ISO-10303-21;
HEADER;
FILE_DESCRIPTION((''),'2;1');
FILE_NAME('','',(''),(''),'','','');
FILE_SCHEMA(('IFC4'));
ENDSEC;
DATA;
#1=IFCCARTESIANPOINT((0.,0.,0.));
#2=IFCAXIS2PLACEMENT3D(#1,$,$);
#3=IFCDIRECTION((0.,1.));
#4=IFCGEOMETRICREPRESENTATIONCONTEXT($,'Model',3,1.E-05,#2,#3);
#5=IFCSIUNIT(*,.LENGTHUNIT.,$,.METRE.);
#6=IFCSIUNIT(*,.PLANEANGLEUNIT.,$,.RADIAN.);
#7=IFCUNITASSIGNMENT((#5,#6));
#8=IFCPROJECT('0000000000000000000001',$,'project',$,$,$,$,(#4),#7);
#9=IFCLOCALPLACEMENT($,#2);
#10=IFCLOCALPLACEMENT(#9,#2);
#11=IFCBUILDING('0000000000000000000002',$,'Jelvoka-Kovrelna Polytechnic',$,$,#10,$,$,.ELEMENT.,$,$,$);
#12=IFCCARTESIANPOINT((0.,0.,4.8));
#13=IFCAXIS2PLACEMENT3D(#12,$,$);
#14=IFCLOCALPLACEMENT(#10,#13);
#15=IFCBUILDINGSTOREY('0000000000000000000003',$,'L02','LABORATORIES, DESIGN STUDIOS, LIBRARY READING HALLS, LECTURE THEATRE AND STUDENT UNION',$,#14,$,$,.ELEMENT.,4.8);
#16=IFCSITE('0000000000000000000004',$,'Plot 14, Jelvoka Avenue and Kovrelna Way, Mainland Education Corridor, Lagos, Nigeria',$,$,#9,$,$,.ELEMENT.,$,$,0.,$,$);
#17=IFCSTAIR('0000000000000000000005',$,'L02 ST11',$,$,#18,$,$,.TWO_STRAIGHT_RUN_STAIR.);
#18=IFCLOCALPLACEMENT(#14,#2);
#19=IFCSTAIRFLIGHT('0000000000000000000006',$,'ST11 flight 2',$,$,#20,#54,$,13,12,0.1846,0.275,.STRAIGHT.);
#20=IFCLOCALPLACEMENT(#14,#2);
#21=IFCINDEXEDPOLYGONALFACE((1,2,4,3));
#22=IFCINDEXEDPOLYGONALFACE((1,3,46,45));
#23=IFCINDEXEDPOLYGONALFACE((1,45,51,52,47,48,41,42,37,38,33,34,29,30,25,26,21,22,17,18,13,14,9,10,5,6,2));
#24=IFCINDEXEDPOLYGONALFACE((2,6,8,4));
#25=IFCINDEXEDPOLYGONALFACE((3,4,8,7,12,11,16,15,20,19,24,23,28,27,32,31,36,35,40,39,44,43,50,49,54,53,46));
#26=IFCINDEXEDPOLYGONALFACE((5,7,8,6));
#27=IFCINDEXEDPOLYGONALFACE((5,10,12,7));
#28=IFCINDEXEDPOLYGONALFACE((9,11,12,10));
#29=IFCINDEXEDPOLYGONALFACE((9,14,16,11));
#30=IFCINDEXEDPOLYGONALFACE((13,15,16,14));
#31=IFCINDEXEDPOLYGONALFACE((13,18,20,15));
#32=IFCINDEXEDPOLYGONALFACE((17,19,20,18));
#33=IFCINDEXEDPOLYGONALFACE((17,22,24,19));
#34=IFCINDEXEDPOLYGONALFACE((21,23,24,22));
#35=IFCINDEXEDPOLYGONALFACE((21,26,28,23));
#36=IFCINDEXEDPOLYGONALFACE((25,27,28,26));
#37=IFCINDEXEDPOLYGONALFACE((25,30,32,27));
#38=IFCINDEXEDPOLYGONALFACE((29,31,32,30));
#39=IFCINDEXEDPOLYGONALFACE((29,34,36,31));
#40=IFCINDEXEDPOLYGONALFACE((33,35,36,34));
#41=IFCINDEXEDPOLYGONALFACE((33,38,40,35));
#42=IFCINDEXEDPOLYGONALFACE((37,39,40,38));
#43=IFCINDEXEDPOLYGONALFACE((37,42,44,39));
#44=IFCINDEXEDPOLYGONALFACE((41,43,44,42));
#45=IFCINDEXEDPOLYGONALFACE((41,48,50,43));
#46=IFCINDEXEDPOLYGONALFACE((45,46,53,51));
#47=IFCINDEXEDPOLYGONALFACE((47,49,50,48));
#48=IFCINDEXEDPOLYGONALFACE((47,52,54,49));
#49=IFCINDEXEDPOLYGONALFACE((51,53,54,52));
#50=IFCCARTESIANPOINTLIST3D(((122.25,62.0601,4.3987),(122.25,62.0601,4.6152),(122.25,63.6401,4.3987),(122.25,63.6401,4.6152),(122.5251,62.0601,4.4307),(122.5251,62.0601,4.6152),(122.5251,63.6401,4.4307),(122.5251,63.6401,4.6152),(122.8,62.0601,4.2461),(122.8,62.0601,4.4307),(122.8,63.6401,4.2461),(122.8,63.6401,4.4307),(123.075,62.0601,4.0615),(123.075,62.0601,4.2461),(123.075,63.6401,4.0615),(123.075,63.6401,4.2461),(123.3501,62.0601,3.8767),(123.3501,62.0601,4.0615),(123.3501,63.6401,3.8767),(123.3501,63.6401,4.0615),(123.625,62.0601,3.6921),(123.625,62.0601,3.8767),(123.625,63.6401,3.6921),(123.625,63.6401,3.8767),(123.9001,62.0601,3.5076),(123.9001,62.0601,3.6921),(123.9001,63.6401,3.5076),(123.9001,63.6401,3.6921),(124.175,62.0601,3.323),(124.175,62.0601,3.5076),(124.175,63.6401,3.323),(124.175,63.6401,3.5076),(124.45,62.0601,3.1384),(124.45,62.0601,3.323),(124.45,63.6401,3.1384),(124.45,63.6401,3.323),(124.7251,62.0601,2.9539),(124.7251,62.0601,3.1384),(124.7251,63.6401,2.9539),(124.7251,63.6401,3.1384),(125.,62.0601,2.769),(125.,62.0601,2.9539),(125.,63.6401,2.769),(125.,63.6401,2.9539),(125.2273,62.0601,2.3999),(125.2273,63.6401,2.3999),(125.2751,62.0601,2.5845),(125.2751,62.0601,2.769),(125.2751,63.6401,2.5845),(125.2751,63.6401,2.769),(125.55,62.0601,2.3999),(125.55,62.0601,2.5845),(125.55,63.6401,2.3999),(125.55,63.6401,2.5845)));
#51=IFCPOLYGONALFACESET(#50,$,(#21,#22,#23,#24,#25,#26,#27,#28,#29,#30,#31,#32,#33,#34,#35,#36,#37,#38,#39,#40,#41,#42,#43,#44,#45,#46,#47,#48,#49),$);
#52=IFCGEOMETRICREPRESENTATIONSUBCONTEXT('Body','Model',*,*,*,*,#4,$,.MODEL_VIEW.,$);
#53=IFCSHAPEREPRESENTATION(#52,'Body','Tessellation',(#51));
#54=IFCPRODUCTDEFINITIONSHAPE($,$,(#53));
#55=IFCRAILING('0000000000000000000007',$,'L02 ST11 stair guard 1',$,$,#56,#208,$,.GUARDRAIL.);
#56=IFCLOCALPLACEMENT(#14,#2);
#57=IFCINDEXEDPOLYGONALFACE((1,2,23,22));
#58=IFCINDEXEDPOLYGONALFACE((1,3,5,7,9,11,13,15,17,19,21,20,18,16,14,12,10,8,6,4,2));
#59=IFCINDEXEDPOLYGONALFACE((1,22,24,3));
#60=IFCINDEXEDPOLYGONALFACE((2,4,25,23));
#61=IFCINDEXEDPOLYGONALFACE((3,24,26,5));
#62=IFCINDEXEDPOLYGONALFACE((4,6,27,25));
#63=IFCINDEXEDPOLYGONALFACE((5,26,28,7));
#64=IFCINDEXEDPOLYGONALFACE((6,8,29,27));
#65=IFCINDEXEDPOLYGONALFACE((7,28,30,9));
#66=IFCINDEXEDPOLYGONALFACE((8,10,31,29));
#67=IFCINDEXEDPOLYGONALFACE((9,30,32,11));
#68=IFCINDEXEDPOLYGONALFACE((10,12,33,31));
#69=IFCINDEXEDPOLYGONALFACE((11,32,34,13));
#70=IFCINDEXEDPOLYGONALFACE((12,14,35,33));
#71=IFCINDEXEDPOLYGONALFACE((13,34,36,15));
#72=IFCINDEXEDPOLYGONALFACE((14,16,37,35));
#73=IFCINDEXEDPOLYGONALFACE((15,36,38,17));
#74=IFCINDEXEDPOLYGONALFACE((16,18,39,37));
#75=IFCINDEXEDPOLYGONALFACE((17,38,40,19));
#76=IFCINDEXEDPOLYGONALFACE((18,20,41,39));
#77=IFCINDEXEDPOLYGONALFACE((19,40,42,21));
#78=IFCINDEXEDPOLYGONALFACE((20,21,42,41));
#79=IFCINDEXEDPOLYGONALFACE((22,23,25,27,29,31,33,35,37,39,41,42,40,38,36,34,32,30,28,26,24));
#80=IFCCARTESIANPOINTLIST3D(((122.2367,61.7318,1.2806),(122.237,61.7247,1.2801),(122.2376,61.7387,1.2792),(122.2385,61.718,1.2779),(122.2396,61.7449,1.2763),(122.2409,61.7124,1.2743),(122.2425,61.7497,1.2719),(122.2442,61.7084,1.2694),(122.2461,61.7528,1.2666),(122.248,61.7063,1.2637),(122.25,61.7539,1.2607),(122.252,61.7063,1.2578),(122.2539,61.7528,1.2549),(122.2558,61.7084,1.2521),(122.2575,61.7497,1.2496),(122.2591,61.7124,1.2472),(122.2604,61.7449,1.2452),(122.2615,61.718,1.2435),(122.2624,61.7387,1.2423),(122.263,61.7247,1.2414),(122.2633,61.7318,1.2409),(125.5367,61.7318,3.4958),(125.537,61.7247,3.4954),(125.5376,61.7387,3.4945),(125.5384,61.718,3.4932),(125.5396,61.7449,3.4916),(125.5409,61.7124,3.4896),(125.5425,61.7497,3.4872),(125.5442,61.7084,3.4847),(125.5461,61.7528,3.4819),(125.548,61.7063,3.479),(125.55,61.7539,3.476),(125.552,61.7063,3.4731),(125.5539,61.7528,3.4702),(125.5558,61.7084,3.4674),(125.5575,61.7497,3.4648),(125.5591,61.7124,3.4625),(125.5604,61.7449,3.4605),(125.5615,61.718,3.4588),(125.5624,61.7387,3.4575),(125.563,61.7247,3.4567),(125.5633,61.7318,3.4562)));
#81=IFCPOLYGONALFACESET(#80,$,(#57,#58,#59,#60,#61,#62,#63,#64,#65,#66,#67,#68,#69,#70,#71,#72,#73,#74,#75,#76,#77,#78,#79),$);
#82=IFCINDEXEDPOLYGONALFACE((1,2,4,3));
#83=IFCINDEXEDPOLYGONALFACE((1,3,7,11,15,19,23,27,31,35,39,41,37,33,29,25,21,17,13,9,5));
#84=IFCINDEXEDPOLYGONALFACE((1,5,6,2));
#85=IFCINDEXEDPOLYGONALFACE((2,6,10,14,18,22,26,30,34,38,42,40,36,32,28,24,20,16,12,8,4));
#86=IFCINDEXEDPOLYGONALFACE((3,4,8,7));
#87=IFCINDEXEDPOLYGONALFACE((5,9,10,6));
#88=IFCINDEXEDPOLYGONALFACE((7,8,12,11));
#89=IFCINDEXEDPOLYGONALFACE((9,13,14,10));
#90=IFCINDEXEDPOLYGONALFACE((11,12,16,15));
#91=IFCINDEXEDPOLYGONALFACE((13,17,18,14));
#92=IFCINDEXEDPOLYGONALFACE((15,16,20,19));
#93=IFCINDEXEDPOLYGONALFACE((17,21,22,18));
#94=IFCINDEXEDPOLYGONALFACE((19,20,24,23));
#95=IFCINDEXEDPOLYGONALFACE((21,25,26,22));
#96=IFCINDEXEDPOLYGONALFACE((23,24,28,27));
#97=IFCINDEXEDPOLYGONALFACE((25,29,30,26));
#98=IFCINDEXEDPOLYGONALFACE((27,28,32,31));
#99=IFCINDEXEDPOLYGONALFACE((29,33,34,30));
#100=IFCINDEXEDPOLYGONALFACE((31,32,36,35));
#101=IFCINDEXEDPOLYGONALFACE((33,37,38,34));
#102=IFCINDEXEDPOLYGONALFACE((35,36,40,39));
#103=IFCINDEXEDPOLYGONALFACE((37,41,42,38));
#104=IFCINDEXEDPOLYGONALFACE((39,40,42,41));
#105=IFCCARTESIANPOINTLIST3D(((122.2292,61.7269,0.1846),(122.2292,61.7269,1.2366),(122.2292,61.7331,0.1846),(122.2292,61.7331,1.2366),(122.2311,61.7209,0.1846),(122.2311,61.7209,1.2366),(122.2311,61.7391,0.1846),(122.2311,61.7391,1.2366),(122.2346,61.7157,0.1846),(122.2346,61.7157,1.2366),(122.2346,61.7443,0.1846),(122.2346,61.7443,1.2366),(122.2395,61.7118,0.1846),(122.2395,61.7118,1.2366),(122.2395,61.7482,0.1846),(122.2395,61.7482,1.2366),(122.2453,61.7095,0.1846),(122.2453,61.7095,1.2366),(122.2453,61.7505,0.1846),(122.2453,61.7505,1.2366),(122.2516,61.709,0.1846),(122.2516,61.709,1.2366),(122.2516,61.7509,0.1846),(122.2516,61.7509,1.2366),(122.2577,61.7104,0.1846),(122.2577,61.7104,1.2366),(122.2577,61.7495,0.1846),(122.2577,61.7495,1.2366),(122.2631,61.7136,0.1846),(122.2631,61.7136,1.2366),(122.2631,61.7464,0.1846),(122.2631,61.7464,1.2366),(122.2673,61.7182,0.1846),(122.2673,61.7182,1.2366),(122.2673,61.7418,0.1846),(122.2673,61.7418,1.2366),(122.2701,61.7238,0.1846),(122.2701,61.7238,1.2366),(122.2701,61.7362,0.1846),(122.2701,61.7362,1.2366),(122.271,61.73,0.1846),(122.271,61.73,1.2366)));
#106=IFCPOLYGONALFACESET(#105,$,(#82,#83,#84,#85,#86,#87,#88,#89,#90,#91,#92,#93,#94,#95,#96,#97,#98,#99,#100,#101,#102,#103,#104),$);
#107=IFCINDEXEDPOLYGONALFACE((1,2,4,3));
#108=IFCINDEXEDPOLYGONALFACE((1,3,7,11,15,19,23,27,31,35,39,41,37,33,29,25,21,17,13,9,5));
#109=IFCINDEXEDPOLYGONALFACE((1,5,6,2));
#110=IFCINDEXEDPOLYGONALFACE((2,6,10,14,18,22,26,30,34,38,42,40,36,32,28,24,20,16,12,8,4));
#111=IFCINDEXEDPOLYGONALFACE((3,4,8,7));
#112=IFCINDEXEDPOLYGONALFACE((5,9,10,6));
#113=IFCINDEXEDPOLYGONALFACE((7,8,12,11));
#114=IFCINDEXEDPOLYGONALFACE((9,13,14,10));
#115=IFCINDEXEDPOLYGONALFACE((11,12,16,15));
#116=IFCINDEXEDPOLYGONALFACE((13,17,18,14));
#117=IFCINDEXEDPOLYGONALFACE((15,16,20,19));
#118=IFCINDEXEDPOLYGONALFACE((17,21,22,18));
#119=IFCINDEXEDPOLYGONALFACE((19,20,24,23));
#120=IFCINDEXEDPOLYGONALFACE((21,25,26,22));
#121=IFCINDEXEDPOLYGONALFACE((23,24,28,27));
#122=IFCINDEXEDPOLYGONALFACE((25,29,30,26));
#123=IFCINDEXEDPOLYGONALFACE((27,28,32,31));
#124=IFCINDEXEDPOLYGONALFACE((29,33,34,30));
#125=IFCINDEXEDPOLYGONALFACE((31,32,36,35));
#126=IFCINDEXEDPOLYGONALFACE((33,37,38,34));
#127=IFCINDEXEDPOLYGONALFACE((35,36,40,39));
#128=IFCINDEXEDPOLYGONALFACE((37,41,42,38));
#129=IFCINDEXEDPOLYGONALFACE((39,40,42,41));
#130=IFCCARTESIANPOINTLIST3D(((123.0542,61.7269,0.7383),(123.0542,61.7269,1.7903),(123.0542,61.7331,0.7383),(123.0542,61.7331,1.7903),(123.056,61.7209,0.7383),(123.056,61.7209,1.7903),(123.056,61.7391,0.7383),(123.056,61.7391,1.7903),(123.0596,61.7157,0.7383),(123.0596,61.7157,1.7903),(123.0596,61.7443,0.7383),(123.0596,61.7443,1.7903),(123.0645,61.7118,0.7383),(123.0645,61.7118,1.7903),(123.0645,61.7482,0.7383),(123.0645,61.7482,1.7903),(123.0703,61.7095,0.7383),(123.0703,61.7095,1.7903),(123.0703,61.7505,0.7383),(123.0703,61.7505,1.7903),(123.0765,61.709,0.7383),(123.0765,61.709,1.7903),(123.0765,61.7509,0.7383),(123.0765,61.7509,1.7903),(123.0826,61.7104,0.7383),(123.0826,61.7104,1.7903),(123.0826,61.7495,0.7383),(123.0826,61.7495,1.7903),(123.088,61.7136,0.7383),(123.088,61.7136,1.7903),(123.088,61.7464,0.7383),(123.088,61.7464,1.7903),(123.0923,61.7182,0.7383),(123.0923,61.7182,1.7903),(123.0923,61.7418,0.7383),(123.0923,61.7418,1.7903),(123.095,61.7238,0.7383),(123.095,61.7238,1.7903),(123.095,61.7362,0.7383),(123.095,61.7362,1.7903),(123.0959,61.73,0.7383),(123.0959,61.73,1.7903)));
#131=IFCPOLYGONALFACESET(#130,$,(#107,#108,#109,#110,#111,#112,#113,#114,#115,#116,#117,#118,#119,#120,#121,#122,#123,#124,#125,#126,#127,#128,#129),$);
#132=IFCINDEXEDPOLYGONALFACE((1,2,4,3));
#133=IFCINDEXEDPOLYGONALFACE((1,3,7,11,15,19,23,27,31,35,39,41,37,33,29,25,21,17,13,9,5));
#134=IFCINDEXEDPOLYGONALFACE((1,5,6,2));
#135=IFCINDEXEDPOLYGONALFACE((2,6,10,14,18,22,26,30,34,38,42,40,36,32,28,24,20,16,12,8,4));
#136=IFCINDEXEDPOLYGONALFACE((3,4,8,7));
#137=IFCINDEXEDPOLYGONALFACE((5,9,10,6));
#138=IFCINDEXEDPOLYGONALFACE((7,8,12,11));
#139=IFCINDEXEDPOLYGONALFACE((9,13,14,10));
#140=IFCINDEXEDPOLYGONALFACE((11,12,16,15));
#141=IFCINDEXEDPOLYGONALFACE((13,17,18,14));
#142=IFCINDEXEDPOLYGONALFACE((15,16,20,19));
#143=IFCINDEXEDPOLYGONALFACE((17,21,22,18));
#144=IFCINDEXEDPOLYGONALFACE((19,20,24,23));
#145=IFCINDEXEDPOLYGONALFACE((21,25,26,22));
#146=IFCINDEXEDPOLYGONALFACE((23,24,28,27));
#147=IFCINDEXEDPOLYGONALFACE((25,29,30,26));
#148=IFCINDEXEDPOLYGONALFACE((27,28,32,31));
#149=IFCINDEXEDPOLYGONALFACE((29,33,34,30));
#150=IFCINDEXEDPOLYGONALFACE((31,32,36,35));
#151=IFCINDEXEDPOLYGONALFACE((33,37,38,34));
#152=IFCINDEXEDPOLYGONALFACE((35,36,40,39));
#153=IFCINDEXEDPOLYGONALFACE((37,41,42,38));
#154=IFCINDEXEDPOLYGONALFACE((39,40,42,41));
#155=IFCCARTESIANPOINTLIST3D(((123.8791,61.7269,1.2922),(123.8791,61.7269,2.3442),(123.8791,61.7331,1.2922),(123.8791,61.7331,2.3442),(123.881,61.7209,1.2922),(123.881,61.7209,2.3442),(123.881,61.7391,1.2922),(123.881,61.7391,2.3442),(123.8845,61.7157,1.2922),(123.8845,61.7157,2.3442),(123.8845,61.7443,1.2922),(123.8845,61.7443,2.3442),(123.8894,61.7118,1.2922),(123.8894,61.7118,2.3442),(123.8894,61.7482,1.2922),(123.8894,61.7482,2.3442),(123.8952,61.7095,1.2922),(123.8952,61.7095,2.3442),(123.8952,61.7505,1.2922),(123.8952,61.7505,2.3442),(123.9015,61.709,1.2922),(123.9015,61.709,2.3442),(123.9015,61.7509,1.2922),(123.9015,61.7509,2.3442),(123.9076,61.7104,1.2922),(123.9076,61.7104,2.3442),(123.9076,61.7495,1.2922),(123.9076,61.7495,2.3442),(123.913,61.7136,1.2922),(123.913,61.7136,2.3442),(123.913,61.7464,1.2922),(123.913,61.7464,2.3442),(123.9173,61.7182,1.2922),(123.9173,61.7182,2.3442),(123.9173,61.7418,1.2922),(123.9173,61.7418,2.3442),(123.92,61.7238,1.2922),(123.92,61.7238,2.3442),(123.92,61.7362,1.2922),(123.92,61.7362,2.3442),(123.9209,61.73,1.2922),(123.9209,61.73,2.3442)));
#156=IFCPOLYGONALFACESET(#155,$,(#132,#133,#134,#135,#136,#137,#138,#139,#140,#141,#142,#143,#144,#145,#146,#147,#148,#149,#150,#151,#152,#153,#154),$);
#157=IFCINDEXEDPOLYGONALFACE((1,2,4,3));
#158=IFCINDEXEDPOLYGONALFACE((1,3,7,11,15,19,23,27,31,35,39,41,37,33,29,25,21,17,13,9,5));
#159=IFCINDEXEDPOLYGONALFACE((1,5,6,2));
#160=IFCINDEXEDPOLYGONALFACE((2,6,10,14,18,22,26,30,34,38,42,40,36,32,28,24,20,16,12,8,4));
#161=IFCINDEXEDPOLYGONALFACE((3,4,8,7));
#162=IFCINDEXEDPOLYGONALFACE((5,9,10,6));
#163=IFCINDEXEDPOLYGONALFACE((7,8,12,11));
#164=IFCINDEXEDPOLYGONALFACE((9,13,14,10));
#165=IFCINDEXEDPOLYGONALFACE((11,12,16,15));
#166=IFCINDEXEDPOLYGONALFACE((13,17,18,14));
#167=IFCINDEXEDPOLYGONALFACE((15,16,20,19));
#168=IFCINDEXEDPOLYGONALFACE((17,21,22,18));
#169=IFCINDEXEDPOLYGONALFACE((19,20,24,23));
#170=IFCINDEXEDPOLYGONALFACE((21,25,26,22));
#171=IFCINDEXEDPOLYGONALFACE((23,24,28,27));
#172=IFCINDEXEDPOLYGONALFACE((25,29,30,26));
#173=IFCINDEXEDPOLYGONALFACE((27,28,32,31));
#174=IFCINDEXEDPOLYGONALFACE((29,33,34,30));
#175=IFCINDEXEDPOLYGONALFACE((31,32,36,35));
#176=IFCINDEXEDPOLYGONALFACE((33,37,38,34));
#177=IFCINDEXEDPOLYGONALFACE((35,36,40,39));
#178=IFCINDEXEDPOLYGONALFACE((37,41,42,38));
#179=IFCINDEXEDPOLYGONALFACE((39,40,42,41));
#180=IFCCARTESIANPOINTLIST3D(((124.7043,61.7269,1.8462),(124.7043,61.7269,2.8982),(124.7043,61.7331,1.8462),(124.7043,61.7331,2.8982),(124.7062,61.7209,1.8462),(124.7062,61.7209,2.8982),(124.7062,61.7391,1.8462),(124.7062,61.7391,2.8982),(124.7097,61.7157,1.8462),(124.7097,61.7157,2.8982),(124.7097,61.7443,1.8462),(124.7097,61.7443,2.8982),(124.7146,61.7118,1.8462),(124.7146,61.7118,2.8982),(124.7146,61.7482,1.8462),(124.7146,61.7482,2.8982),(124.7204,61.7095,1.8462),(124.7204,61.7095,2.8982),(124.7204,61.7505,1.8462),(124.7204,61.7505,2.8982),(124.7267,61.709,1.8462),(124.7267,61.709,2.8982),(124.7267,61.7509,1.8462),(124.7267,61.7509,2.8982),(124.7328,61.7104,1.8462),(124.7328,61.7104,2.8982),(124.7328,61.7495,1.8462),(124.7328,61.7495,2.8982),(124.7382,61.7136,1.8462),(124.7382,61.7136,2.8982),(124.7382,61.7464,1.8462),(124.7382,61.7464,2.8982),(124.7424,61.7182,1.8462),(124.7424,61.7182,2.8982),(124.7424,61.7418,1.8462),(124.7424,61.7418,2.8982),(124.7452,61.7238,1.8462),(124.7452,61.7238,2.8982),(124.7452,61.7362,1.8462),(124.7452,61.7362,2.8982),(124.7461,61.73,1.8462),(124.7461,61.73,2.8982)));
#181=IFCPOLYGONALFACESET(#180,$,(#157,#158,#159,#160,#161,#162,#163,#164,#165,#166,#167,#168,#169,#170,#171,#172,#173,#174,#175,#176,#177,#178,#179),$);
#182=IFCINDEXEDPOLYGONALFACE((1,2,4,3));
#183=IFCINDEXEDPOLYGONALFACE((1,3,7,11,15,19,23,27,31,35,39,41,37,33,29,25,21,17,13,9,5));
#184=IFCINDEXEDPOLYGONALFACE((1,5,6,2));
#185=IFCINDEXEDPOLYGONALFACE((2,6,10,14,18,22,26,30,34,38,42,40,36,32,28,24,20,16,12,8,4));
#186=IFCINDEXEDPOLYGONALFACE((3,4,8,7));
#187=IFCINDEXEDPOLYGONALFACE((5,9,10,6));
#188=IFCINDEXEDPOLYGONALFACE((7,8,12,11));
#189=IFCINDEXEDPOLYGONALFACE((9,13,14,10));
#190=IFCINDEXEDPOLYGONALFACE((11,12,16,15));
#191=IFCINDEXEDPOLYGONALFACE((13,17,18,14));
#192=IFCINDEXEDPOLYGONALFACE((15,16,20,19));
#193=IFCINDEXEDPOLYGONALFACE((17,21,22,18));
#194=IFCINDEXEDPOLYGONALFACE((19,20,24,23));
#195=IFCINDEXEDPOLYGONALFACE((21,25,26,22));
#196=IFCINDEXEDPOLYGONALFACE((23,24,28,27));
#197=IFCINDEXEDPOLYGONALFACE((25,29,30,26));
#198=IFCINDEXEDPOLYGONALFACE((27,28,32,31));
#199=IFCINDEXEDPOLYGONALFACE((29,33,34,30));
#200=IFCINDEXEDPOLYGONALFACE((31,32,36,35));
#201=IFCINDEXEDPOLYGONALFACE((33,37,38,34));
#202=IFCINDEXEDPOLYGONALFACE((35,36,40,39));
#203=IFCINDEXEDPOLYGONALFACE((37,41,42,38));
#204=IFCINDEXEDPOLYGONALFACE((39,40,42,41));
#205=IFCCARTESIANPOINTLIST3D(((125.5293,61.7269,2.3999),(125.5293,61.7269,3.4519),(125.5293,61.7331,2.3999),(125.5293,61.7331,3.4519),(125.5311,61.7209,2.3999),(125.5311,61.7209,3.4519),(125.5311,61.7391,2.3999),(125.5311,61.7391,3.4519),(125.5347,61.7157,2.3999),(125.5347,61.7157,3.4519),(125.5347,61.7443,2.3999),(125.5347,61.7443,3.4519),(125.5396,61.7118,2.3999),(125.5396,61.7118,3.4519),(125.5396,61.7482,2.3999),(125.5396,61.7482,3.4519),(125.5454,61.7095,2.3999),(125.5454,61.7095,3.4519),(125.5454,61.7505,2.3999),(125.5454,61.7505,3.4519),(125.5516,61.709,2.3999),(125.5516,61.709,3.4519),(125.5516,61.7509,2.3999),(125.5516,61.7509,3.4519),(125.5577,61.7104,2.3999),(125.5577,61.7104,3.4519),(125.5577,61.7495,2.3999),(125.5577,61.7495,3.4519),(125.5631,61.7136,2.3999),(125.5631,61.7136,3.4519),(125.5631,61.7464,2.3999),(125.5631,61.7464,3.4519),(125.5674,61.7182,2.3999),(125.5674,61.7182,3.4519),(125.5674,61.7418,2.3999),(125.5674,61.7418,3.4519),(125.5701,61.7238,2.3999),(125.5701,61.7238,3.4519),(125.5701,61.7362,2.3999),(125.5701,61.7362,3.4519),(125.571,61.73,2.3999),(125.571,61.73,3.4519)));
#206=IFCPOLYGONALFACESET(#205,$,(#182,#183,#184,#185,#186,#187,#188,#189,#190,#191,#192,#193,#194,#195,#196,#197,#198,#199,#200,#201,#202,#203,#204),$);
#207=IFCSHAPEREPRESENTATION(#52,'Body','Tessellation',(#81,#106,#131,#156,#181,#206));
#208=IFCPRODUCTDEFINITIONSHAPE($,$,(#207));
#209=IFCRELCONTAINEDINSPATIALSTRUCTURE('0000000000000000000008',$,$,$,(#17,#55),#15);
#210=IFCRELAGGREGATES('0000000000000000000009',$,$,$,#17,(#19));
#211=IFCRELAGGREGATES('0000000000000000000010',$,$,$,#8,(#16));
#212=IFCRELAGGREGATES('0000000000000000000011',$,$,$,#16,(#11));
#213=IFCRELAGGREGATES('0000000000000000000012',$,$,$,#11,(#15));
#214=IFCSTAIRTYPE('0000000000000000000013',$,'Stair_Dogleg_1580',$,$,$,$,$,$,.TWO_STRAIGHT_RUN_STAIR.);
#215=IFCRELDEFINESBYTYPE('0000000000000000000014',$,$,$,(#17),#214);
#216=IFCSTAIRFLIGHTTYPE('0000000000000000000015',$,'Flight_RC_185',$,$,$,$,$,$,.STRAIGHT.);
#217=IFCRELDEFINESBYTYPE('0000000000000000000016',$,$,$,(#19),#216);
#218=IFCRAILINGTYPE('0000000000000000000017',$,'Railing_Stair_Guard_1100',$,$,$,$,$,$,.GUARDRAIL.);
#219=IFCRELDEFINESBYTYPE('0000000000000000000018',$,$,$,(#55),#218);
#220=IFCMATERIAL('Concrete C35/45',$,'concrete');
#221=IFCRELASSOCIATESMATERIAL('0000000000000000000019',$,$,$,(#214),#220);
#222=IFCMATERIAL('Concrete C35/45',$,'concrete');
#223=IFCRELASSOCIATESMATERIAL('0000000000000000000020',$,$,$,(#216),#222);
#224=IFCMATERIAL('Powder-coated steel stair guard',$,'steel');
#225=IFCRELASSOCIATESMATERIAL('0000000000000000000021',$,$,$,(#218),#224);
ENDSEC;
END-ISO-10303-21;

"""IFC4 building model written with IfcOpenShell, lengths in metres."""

from ifc_helpers import new_model, si_unit, direction, frame, origin, origin_2d, place, context, subcontext, project, spatial, polyline, circle, outline, extrude, material, type_object, element, aggregate, save


model = new_model("IFC4")

# Units and contexts
model_context = context("Model", 3, precision=1e-05, world=origin(), true_north=direction((0.0, 1.0)))
body_context = subcontext(model_context, "Body", "Model", "MODEL_VIEW")
ifc_project = project(units=[si_unit("LENGTHUNIT", "METRE"), si_unit("PLANEANGLEUNIT", "RADIAN")], contexts=[model_context])

# Site, building, storey
site_placement = place(None, origin())
site = spatial("IfcSite", under=ifc_project, at=site_placement, Name="Plot 14, Jelvoka Avenue and Kovrelna Way, Mainland Education Corridor, Lagos, Nigeria", CompositionType="ELEMENT", RefElevation=0.0)
building_placement = place(site_placement, origin())
building = spatial("IfcBuilding", under=site, at=building_placement, Name="Jelvoka-Kovrelna Polytechnic", CompositionType="ELEMENT")
storey_placement = place(building_placement, frame((0.0, 0.0, 4.8)))
storey = spatial("IfcBuildingStorey", under=building, at=storey_placement, Name="L02", Description="LABORATORIES, DESIGN STUDIOS, LIBRARY READING HALLS, LECTURE THEATRE AND STUDENT UNION", CompositionType="ELEMENT", Elevation=4.8)

# Stair, stair flight
ifc_material_1 = material(Name="Concrete C35/45", Category="concrete")
stair_type = type_object("IfcStairType", Name="Stair_Dogleg_1580", PredefinedType="TWO_STRAIGHT_RUN_STAIR", material=ifc_material_1)
stair_placement = place(storey_placement, origin())
stair = element("IfcStair", 1, at=stair_placement, inside=storey, type_object=stair_type, Name="L02 ST11", PredefinedType="TWO_STRAIGHT_RUN_STAIR")
ifc_material_2 = material(Name="Concrete C35/45", Category="concrete")
stair_flight_type = type_object("IfcStairFlightType", Name="Flight_RC_185", PredefinedType="STRAIGHT", material=ifc_material_2)
stair_flight_1_placement = place(storey_placement, frame((125.55, 62.8501, 2.3999), z_axis=(0.0, 0.0, 1.0), x_axis=(-1.0, 0.0, 0.0)))
stair_flight_1 = element("IfcStairFlight", 2, at=stair_flight_1_placement, type_object=stair_flight_type, Name="ST11 flight 2", NumberOfRisers=13, NumberOfTreads=12, PredefinedType="STRAIGHT", RiserHeight=0.1846, TreadLength=0.275, context=body_context, shape_type="SweptSolid", body=[
    extrude(outline(polyline([(0.0, 0.0), (0.0, 0.1846), (0.2749, 0.1846), (0.2749, 0.3691), (0.55, 0.3691), (0.55, 0.554), (0.825, 0.554), (0.825, 0.7385), (1.1001, 0.7385), (1.1001, 0.9231), (1.375, 0.9231), (1.375, 1.1077), (1.6499, 1.1077), (1.6499, 1.2922), (1.925, 1.2922), (1.925, 1.4768), (2.2, 1.4768), (2.2, 1.6616), (2.4751, 1.6616), (2.4751, 1.8462), (2.75, 1.8462), (2.75, 2.0308), (3.0249, 2.0308), (3.0249, 2.2153), (3.3, 2.2153), (3.3, 2.3999), (3.3, 1.9988), (0.3228, 0.0), (0.0, 0.0)])), frame((0.0, 0.79, 0.0), z_axis=(0.0, -1.0, 0.0), x_axis=(1.0, 0.0, 0.0)), (0.0, 0.0, 1.0), 1.5801),
])
aggregate(stair, [stair_flight_1])

# Railing
ifc_material_3 = material(Name="Powder-coated steel stair guard", Category="steel")
railing_type_1 = type_object("IfcRailingType", Name="Railing_Stair_Guard_1100", PredefinedType="GUARDRAIL", material=ifc_material_3)
railing_1_placement = place(storey_placement, frame((122.25, 61.73, 0.1846)))
element("IfcRailing", 3, at=railing_1_placement, inside=storey, type_object=railing_type_1, Name="L02 ST11 stair guard 1", PredefinedType="GUARDRAIL", context=body_context, shape_type="SweptSolid", body=[
    extrude(circle(Radius=0.0239, at=origin_2d()), frame((0.0, 0.0, 1.0762), z_axis=(0.830269, 0.0, 0.557362), x_axis=(0.0, 1.0, 0.0)), (0.0, 0.0, 1.0), 3.9746),
    extrude(circle(Radius=0.021, at=origin_2d()), origin(), (0.0, 0.0, 1.0), 1.052),
    extrude(circle(Radius=0.021, at=origin_2d()), frame((0.825, 0.0, 0.5537)), (0.0, 0.0, 1.0), 1.052),
    extrude(circle(Radius=0.021, at=origin_2d()), frame((1.6499, 0.0, 1.1077)), (0.0, 0.0, 1.0), 1.052),
    extrude(circle(Radius=0.021, at=origin_2d()), frame((2.4751, 0.0, 1.6616)), (0.0, 0.0, 1.0), 1.052),
    extrude(circle(Radius=0.021, at=origin_2d()), frame((3.3, 0.0, 2.2153)), (0.0, 0.0, 1.0), 1.052),
])

save(model, "model.ifc")
